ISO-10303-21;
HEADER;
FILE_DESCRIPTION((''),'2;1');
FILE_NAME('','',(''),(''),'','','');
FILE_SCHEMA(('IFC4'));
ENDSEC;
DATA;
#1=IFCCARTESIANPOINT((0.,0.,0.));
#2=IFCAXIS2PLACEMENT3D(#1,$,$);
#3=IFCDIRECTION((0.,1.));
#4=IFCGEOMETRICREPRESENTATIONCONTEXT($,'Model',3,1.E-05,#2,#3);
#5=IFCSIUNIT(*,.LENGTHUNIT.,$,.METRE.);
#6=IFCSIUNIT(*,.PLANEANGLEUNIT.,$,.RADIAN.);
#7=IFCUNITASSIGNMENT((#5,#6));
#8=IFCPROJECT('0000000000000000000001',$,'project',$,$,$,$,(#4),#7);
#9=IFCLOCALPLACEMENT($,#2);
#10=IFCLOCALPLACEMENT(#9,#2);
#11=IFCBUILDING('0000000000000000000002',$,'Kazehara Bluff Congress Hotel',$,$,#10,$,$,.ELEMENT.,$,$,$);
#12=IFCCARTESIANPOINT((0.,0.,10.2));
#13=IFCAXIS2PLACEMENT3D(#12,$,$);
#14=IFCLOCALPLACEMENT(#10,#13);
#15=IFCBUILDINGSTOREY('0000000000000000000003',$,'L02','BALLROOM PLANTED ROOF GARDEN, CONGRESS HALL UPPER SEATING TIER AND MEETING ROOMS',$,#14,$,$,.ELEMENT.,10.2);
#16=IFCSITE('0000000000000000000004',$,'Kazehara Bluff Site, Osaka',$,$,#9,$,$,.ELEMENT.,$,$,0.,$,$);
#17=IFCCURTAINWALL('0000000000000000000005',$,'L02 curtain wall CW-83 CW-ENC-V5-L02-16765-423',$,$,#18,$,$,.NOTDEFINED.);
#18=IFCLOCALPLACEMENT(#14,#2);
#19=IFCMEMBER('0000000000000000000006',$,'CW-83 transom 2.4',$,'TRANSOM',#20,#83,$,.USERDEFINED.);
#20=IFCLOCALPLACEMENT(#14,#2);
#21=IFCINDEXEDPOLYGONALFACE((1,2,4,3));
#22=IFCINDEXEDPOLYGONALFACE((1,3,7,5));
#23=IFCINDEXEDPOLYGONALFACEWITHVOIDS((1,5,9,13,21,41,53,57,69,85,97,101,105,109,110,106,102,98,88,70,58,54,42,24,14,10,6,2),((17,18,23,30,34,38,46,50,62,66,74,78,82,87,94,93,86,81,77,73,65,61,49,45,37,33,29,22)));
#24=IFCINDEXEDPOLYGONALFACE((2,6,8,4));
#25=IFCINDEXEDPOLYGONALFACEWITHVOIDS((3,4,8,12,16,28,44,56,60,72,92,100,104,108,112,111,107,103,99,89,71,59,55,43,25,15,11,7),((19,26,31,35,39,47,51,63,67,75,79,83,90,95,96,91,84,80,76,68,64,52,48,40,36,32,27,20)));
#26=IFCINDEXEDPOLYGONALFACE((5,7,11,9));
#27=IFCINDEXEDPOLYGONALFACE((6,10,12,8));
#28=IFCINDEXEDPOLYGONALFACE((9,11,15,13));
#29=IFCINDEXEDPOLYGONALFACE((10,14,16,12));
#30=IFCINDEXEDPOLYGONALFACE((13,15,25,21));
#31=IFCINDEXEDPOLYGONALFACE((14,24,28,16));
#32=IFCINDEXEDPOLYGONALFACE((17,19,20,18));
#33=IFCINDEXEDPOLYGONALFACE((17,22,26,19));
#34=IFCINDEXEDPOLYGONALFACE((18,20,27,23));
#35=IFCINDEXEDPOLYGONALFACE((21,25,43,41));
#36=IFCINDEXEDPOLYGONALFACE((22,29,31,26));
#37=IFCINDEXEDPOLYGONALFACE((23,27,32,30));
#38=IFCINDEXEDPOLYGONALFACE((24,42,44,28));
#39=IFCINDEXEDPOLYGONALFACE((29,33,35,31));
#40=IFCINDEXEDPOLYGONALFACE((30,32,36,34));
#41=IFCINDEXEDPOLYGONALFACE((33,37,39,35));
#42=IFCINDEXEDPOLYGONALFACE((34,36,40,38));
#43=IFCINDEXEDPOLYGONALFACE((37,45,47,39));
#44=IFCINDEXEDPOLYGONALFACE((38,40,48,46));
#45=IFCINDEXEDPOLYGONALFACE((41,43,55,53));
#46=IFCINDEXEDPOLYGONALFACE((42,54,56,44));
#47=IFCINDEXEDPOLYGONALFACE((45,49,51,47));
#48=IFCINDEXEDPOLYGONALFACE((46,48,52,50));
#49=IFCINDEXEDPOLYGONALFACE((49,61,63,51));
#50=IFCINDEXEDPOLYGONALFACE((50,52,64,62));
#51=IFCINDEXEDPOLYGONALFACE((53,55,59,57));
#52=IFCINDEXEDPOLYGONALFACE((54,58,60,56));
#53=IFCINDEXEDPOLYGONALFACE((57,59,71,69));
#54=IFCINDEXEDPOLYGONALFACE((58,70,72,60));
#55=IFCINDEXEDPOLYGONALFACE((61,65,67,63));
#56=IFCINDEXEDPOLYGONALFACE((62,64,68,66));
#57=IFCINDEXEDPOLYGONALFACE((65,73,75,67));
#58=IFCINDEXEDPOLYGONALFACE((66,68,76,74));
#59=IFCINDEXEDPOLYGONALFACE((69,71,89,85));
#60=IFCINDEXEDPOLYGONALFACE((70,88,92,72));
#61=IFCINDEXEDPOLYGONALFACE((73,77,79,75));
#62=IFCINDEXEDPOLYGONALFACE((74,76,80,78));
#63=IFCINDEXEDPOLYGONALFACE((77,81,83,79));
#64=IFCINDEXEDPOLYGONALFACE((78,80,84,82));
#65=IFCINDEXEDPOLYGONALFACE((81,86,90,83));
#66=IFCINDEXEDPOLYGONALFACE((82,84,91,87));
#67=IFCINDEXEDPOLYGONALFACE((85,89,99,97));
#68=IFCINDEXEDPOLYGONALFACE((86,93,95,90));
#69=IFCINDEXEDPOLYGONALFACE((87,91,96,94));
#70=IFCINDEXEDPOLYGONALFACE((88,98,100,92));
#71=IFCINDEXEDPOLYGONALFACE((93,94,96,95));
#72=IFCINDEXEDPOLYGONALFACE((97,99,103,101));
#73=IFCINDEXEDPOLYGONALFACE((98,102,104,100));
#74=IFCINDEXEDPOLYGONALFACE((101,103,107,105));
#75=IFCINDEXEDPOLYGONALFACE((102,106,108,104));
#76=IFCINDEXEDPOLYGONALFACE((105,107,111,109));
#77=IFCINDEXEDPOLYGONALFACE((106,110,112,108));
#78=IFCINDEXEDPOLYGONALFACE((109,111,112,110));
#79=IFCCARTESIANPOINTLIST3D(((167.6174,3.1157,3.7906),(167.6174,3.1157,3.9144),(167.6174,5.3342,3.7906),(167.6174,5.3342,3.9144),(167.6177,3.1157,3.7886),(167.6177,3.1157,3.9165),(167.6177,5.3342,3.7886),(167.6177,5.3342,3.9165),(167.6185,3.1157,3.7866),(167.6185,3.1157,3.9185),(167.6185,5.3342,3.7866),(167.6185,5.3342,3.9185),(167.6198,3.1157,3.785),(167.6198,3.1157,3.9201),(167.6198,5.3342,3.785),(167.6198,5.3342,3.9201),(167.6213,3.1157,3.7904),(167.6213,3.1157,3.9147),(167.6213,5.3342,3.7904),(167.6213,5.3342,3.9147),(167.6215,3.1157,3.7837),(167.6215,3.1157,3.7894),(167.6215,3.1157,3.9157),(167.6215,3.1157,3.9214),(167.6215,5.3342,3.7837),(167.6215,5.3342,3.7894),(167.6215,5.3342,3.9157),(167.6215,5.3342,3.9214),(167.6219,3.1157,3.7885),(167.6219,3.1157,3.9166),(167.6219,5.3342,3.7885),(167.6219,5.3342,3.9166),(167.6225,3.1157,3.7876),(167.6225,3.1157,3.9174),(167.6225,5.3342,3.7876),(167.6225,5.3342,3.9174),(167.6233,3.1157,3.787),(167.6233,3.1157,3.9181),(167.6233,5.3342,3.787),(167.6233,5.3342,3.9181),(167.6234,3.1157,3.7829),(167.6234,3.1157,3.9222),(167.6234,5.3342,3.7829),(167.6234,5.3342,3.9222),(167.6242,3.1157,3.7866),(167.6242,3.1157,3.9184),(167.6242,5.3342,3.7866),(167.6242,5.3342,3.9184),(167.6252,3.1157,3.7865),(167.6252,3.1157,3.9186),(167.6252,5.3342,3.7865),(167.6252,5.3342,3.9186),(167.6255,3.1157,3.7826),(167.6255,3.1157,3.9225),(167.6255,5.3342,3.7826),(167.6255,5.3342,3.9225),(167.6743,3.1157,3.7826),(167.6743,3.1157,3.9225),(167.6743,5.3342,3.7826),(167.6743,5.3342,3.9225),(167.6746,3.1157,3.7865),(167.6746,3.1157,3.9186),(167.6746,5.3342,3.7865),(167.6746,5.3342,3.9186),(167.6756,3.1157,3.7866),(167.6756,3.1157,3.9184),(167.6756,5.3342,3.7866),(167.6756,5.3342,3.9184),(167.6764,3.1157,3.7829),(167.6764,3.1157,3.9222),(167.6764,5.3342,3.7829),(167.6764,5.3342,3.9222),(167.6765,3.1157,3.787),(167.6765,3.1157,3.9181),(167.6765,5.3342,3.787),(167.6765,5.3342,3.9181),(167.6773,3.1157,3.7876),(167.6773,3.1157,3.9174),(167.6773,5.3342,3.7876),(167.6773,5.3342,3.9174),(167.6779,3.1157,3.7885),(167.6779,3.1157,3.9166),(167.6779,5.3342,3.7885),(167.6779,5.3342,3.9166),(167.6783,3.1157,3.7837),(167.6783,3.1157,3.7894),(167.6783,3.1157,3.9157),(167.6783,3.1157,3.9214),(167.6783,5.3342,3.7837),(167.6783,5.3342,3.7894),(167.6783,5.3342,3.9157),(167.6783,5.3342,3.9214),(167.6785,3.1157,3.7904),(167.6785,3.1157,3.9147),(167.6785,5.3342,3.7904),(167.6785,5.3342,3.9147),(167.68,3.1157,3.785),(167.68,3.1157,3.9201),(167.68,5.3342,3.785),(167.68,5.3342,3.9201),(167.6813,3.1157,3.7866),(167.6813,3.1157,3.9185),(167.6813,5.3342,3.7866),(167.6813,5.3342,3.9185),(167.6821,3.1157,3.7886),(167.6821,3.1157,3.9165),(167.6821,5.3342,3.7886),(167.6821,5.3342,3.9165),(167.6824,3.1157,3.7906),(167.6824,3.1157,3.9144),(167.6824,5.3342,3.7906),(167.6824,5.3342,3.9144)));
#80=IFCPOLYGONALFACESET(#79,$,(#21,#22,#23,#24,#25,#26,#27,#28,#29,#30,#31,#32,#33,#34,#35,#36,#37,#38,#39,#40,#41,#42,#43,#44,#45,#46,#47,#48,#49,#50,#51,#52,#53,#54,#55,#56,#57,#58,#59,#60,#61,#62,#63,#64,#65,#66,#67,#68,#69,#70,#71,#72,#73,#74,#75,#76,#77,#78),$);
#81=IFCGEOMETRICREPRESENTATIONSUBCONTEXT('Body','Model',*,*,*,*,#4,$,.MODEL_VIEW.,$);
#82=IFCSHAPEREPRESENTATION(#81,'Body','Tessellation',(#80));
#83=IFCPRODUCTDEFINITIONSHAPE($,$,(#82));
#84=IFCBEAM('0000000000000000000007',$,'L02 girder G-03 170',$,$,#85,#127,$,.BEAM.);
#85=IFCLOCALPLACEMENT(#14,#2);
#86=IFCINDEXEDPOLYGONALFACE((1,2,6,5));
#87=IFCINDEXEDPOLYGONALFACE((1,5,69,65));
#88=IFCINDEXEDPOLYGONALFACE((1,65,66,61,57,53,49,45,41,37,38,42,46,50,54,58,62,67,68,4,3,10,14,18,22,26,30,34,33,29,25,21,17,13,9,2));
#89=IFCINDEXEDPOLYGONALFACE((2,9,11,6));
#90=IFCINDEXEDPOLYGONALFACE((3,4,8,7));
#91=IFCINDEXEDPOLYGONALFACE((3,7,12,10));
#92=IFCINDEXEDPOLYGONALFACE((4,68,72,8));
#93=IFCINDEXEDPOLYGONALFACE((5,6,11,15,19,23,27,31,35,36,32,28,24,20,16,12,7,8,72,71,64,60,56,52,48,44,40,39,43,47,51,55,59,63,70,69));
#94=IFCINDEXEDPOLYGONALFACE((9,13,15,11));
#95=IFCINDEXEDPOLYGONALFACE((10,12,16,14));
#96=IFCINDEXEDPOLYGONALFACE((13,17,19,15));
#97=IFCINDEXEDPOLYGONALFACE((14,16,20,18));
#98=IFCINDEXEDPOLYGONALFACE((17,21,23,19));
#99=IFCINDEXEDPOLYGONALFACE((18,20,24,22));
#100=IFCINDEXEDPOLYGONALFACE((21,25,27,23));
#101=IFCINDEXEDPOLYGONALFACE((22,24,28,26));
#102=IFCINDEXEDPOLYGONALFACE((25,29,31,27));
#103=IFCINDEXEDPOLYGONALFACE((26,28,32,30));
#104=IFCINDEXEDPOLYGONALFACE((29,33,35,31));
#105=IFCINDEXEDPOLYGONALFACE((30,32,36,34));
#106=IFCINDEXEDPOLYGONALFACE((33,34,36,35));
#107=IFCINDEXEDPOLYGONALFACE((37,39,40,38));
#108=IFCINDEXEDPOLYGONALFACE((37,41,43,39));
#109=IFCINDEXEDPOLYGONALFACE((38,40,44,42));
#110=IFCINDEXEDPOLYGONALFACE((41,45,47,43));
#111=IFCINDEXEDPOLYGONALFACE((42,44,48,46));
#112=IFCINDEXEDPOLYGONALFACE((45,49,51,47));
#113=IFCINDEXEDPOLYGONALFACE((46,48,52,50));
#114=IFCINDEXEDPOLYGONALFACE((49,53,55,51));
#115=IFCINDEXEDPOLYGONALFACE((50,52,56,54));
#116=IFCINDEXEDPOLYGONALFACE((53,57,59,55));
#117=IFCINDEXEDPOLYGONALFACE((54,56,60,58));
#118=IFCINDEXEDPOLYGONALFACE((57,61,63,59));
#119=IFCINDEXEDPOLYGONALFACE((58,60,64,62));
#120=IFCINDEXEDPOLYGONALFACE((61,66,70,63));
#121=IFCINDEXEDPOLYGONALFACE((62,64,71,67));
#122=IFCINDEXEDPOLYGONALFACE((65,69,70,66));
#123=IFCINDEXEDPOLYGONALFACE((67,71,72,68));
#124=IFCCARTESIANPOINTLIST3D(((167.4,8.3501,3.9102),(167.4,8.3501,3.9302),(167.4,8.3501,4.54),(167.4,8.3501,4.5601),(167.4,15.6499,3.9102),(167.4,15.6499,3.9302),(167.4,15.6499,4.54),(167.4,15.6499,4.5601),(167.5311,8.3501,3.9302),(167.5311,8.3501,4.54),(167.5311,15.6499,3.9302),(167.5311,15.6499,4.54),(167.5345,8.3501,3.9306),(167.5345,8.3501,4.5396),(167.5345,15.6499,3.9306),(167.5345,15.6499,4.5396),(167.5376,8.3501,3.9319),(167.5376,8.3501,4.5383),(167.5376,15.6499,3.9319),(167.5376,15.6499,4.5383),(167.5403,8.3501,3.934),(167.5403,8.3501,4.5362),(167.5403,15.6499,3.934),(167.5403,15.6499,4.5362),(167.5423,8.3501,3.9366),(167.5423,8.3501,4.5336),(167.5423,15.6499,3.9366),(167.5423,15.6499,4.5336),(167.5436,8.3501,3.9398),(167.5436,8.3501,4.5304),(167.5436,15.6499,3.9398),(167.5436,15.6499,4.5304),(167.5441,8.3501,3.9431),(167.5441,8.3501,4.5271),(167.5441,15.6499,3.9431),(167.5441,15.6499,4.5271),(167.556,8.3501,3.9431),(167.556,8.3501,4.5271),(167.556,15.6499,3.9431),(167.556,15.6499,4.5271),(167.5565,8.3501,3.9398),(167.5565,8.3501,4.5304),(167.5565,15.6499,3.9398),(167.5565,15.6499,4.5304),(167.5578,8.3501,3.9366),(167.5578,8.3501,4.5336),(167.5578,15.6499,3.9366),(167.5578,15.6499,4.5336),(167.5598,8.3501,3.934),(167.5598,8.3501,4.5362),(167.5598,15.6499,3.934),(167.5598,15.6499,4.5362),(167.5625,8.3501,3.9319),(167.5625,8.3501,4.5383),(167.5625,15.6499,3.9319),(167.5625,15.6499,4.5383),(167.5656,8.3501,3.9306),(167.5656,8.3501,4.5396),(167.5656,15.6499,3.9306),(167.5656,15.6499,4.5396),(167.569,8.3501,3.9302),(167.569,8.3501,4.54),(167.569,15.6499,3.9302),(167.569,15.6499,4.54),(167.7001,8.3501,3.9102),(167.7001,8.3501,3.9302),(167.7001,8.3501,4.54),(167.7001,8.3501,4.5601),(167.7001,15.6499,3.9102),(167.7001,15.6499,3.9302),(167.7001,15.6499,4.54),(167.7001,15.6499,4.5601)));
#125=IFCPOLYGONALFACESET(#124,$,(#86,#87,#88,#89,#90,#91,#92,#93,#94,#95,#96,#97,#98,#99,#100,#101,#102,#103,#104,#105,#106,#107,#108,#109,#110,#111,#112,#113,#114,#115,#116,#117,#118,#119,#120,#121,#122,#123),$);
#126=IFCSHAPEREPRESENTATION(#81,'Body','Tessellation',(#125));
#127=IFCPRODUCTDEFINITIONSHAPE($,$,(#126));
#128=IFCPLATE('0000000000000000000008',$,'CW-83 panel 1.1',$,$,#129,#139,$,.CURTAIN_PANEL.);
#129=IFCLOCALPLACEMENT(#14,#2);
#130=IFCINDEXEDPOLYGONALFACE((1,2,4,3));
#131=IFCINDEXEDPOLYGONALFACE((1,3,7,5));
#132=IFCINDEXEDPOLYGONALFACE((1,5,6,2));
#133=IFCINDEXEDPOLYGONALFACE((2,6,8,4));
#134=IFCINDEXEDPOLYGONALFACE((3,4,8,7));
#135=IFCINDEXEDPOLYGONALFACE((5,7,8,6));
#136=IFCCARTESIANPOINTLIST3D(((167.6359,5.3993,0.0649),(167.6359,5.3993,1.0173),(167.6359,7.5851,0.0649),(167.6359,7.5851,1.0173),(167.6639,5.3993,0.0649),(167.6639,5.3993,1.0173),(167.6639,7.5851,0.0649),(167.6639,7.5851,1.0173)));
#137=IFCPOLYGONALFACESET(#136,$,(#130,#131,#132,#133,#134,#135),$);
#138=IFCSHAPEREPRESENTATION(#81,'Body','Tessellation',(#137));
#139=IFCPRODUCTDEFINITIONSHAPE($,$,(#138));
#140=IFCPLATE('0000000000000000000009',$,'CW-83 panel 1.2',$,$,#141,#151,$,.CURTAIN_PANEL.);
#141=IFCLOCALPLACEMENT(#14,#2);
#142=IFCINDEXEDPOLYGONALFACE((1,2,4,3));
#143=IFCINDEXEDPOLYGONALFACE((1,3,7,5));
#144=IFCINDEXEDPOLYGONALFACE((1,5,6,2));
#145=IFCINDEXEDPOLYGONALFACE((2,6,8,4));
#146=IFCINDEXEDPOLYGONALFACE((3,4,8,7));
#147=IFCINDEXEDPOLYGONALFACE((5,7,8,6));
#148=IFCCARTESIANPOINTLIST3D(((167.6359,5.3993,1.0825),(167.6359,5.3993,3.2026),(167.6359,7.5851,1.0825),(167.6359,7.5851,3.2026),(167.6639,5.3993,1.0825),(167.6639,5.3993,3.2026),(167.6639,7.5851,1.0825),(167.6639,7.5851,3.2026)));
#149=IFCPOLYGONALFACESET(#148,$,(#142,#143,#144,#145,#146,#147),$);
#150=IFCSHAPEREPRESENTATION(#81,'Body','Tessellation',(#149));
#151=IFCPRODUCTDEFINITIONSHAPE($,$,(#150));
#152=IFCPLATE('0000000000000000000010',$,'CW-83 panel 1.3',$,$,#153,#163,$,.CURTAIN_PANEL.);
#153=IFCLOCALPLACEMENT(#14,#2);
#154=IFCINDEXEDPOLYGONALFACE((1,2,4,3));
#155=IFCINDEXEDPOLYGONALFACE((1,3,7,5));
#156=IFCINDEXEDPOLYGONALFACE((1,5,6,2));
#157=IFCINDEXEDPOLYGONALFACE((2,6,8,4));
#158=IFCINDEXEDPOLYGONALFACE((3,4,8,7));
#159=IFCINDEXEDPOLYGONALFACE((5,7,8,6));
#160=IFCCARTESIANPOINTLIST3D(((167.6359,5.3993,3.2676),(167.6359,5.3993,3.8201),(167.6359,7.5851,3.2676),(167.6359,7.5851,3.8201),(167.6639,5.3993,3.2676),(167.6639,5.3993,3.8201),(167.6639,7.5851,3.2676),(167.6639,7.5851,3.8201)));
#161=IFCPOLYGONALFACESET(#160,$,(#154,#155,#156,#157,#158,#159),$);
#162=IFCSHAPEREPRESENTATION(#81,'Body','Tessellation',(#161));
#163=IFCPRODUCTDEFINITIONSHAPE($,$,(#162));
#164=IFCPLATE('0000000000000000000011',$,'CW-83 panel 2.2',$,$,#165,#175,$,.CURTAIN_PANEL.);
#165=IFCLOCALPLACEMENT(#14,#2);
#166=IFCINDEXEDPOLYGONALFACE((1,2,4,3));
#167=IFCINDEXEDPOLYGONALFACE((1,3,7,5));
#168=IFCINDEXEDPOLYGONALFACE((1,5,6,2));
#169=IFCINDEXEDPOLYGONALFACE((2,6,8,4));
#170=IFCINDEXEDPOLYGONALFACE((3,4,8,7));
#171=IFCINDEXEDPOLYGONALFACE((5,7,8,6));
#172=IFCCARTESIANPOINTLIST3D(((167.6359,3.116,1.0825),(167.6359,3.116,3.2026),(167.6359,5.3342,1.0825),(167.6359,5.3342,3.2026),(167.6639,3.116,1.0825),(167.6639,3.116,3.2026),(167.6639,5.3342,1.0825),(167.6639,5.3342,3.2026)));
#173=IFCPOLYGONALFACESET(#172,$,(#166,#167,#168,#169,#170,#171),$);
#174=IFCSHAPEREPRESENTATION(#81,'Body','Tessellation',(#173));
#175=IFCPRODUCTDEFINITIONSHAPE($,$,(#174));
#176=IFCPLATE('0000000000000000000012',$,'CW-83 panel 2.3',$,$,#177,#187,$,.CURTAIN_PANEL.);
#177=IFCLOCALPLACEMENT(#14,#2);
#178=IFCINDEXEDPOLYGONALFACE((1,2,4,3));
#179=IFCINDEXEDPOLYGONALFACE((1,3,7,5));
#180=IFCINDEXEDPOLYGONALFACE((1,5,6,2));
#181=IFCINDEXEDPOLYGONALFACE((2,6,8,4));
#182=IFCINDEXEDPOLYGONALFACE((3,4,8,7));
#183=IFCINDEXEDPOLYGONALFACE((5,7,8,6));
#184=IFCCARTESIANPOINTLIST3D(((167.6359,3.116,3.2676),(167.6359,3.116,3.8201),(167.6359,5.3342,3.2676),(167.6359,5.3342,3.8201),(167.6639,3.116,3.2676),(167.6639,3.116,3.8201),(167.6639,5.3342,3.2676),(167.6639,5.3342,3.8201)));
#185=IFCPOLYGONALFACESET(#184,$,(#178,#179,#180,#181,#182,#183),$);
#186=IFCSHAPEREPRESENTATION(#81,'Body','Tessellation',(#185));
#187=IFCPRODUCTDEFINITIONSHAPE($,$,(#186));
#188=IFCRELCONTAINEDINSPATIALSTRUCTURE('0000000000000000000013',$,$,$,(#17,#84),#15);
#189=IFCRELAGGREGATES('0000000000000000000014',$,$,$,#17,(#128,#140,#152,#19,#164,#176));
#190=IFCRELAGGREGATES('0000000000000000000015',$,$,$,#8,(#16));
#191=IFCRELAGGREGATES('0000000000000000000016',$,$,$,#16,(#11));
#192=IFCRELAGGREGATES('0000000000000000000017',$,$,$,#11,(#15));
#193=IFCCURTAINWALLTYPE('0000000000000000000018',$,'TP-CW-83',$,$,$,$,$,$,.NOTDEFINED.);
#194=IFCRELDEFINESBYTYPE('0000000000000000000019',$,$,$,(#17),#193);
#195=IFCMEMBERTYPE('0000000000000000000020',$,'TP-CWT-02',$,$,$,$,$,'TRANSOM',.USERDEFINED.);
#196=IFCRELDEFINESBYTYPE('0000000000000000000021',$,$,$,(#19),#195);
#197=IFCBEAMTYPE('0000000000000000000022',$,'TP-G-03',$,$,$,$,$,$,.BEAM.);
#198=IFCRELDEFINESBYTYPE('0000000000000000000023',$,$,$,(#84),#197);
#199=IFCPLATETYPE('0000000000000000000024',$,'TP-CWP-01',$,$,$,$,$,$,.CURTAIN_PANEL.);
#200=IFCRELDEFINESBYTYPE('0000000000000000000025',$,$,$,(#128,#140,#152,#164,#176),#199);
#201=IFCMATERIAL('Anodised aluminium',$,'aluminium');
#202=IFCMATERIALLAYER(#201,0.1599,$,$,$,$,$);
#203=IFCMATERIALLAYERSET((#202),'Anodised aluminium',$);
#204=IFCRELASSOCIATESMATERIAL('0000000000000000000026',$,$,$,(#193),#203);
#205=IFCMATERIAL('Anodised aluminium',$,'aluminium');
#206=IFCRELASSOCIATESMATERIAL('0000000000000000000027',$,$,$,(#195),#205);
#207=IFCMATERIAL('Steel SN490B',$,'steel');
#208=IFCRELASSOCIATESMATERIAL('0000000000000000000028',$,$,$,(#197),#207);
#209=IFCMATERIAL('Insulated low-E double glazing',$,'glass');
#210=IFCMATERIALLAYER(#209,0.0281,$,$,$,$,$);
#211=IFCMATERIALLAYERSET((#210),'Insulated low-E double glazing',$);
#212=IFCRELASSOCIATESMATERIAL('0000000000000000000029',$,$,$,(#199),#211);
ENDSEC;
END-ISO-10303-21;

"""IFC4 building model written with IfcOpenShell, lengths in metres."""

from ifc_helpers import new_model, si_unit, direction, frame, origin, origin_2d, place, context, subcontext, project, spatial, rectangle, hollow_rectangle, i_section, extrude, material, layer, layer_set, material_profile, profile_set, type_object, element, aggregate, save


model = new_model("IFC4")

# Units and contexts
model_context = context("Model", 3, precision=1e-05, world=origin(), true_north=direction((0.0, 1.0)))
body_context = subcontext(model_context, "Body", "Model", "MODEL_VIEW")
ifc_project = project(units=[si_unit("LENGTHUNIT", "METRE"), si_unit("PLANEANGLEUNIT", "RADIAN")], contexts=[model_context])

# Site, building, storey
site_placement = place(None, origin())
site = spatial("IfcSite", under=ifc_project, at=site_placement, Name="Kazehara Bluff Site, Osaka", CompositionType="ELEMENT", RefElevation=0.0)
building_placement = place(site_placement, origin())
building = spatial("IfcBuilding", under=site, at=building_placement, Name="Kazehara Bluff Congress Hotel", CompositionType="ELEMENT")
storey_placement = place(building_placement, frame((0.0, 0.0, 10.2)))
storey = spatial("IfcBuildingStorey", under=building, at=storey_placement, Name="L02", Description="BALLROOM PLANTED ROOF GARDEN, CONGRESS HALL UPPER SEATING TIER AND MEETING ROOMS", CompositionType="ELEMENT", Elevation=10.2)

# Curtain wall, member
ifc_material_1 = material(Name="Anodised aluminium", Category="aluminium")
ifc_layer_1 = layer(ifc_material_1, 0.1599)
ifc_layer_set_1 = layer_set([ifc_layer_1], Name="Anodised aluminium")
curtain_wall_type = type_object("IfcCurtainWallType", Name="TP-CW-83", PredefinedType="NOTDEFINED", material=ifc_layer_set_1)
curtain_wall_placement = place(storey_placement, origin())
curtain_wall = element("IfcCurtainWall", 1, at=curtain_wall_placement, inside=storey, type_object=curtain_wall_type, Name="L02 curtain wall CW-83 CW-ENC-V5-L02-16765-423", PredefinedType="NOTDEFINED")
ifc_material_2 = material(Name="Anodised aluminium", Category="aluminium")
ifc_material_profile_1 = material_profile(ifc_material_2, hollow_rectangle(XDim=0.0649, YDim=0.1399, WallThickness=0.0039, InnerFilletRadius=0.0039, OuterFilletRadius=0.0081, at=origin_2d()))
ifc_profile_set_1 = profile_set([ifc_material_profile_1], Name="Anodised aluminium")
member_type_1 = type_object("IfcMemberType", Name="TP-CWT-02", ElementType="TRANSOM", PredefinedType="USERDEFINED", material=ifc_profile_set_1)
member_1_placement = place(storey_placement, frame((167.6499, 5.3342, 3.8525), z_axis=(0.0, -1.0, 0.0), x_axis=(1.0, 0.0, 0.0)))
member_1 = element("IfcMember", 2, at=member_1_placement, type_object=member_type_1, Name="CW-83 transom 2.4", ObjectType="TRANSOM", PredefinedType="USERDEFINED", context=body_context, shape_type="SweptSolid", body=[
    extrude(hollow_rectangle(XDim=0.0649, YDim=0.1399, WallThickness=0.0039, InnerFilletRadius=0.0039, OuterFilletRadius=0.0081, at=origin_2d()), origin(), (0.0, 0.0, 1.0), 2.2185),
])

# Beam
ifc_material_3 = material(Name="Steel SN490B", Category="steel")
ifc_material_profile_2 = material_profile(ifc_material_3, i_section(OverallWidth=0.3, OverallDepth=0.6499, WebThickness=0.012, FlangeThickness=0.02, FilletRadius=0.0129, at=origin_2d()))
ifc_profile_set_2 = profile_set([ifc_material_profile_2], Name="Steel SN490B")
beam_type = type_object("IfcBeamType", Name="TP-G-03", PredefinedType="BEAM", material=ifc_profile_set_2)
beam_placement = place(storey_placement, frame((167.55, 8.3501, 4.2351), z_axis=(0.0, 1.0, 0.0), x_axis=(-1.0, 0.0, 0.0)))
element("IfcBeam", 3, at=beam_placement, inside=storey, type_object=beam_type, Name="L02 girder G-03 170", PredefinedType="BEAM", context=body_context, shape_type="SweptSolid", body=[
    extrude(i_section(OverallWidth=0.3, OverallDepth=0.6499, WebThickness=0.012, FlangeThickness=0.02, FilletRadius=0.0129, at=origin_2d()), origin(), (0.0, 0.0, 1.0), 7.2998),
])

# Plates
ifc_material_4 = material(Name="Insulated low-E double glazing", Category="glass")
ifc_layer_2 = layer(ifc_material_4, 0.0281)
ifc_layer_set_2 = layer_set([ifc_layer_2], Name="Insulated low-E double glazing")
plate_type_1 = type_object("IfcPlateType", Name="TP-CWP-01", PredefinedType="CURTAIN_PANEL", material=ifc_layer_set_2)
plate_1_placement = place(storey_placement, frame((167.6499, 6.4922, 0.0649), z_axis=(0.0, 0.0, 1.0), x_axis=(0.0, -1.0, 0.0)))
plate_1 = element("IfcPlate", 4, at=plate_1_placement, type_object=plate_type_1, Name="CW-83 panel 1.1", PredefinedType="CURTAIN_PANEL", context=body_context, shape_type="SweptSolid", body=[
    extrude(rectangle(XDim=2.1858, YDim=0.0281, at=origin_2d()), origin(), (0.0, 0.0, 1.0), 0.9524),
])
plate_2_placement = place(storey_placement, frame((167.6499, 6.4922, 1.0825), z_axis=(0.0, 0.0, 1.0), x_axis=(0.0, -1.0, 0.0)))
plate_2 = element("IfcPlate", 5, at=plate_2_placement, type_object=plate_type_1, Name="CW-83 panel 1.2", PredefinedType="CURTAIN_PANEL", context=body_context, shape_type="SweptSolid", body=[
    extrude(rectangle(XDim=2.1858, YDim=0.0281, at=origin_2d()), origin(), (0.0, 0.0, 1.0), 2.1201),
])
plate_3_placement = place(storey_placement, frame((167.6499, 6.4922, 3.2676), z_axis=(0.0, 0.0, 1.0), x_axis=(0.0, -1.0, 0.0)))
plate_3 = element("IfcPlate", 6, at=plate_3_placement, type_object=plate_type_1, Name="CW-83 panel 1.3", PredefinedType="CURTAIN_PANEL", context=body_context, shape_type="SweptSolid", body=[
    extrude(rectangle(XDim=2.1858, YDim=0.0281, at=origin_2d()), origin(), (0.0, 0.0, 1.0), 0.5525),
])
plate_4_placement = place(storey_placement, frame((167.6499, 4.2251, 1.0825), z_axis=(0.0, 0.0, 1.0), x_axis=(0.0, -1.0, 0.0)))
plate_4 = element("IfcPlate", 7, at=plate_4_placement, type_object=plate_type_1, Name="CW-83 panel 2.2", PredefinedType="CURTAIN_PANEL", context=body_context, shape_type="SweptSolid", body=[
    extrude(rectangle(XDim=2.2183, YDim=0.0281, at=origin_2d()), origin(), (0.0, 0.0, 1.0), 2.1201),
])
plate_5_placement = place(storey_placement, frame((167.6499, 4.2251, 3.2676), z_axis=(0.0, 0.0, 1.0), x_axis=(0.0, -1.0, 0.0)))
plate_5 = element("IfcPlate", 8, at=plate_5_placement, type_object=plate_type_1, Name="CW-83 panel 2.3", PredefinedType="CURTAIN_PANEL", context=body_context, shape_type="SweptSolid", body=[
    extrude(rectangle(XDim=2.2183, YDim=0.0281, at=origin_2d()), origin(), (0.0, 0.0, 1.0), 0.5525),
])
aggregate(curtain_wall, [plate_1, plate_2, plate_3, member_1, plate_4, plate_5])

save(model, "model.ifc")
